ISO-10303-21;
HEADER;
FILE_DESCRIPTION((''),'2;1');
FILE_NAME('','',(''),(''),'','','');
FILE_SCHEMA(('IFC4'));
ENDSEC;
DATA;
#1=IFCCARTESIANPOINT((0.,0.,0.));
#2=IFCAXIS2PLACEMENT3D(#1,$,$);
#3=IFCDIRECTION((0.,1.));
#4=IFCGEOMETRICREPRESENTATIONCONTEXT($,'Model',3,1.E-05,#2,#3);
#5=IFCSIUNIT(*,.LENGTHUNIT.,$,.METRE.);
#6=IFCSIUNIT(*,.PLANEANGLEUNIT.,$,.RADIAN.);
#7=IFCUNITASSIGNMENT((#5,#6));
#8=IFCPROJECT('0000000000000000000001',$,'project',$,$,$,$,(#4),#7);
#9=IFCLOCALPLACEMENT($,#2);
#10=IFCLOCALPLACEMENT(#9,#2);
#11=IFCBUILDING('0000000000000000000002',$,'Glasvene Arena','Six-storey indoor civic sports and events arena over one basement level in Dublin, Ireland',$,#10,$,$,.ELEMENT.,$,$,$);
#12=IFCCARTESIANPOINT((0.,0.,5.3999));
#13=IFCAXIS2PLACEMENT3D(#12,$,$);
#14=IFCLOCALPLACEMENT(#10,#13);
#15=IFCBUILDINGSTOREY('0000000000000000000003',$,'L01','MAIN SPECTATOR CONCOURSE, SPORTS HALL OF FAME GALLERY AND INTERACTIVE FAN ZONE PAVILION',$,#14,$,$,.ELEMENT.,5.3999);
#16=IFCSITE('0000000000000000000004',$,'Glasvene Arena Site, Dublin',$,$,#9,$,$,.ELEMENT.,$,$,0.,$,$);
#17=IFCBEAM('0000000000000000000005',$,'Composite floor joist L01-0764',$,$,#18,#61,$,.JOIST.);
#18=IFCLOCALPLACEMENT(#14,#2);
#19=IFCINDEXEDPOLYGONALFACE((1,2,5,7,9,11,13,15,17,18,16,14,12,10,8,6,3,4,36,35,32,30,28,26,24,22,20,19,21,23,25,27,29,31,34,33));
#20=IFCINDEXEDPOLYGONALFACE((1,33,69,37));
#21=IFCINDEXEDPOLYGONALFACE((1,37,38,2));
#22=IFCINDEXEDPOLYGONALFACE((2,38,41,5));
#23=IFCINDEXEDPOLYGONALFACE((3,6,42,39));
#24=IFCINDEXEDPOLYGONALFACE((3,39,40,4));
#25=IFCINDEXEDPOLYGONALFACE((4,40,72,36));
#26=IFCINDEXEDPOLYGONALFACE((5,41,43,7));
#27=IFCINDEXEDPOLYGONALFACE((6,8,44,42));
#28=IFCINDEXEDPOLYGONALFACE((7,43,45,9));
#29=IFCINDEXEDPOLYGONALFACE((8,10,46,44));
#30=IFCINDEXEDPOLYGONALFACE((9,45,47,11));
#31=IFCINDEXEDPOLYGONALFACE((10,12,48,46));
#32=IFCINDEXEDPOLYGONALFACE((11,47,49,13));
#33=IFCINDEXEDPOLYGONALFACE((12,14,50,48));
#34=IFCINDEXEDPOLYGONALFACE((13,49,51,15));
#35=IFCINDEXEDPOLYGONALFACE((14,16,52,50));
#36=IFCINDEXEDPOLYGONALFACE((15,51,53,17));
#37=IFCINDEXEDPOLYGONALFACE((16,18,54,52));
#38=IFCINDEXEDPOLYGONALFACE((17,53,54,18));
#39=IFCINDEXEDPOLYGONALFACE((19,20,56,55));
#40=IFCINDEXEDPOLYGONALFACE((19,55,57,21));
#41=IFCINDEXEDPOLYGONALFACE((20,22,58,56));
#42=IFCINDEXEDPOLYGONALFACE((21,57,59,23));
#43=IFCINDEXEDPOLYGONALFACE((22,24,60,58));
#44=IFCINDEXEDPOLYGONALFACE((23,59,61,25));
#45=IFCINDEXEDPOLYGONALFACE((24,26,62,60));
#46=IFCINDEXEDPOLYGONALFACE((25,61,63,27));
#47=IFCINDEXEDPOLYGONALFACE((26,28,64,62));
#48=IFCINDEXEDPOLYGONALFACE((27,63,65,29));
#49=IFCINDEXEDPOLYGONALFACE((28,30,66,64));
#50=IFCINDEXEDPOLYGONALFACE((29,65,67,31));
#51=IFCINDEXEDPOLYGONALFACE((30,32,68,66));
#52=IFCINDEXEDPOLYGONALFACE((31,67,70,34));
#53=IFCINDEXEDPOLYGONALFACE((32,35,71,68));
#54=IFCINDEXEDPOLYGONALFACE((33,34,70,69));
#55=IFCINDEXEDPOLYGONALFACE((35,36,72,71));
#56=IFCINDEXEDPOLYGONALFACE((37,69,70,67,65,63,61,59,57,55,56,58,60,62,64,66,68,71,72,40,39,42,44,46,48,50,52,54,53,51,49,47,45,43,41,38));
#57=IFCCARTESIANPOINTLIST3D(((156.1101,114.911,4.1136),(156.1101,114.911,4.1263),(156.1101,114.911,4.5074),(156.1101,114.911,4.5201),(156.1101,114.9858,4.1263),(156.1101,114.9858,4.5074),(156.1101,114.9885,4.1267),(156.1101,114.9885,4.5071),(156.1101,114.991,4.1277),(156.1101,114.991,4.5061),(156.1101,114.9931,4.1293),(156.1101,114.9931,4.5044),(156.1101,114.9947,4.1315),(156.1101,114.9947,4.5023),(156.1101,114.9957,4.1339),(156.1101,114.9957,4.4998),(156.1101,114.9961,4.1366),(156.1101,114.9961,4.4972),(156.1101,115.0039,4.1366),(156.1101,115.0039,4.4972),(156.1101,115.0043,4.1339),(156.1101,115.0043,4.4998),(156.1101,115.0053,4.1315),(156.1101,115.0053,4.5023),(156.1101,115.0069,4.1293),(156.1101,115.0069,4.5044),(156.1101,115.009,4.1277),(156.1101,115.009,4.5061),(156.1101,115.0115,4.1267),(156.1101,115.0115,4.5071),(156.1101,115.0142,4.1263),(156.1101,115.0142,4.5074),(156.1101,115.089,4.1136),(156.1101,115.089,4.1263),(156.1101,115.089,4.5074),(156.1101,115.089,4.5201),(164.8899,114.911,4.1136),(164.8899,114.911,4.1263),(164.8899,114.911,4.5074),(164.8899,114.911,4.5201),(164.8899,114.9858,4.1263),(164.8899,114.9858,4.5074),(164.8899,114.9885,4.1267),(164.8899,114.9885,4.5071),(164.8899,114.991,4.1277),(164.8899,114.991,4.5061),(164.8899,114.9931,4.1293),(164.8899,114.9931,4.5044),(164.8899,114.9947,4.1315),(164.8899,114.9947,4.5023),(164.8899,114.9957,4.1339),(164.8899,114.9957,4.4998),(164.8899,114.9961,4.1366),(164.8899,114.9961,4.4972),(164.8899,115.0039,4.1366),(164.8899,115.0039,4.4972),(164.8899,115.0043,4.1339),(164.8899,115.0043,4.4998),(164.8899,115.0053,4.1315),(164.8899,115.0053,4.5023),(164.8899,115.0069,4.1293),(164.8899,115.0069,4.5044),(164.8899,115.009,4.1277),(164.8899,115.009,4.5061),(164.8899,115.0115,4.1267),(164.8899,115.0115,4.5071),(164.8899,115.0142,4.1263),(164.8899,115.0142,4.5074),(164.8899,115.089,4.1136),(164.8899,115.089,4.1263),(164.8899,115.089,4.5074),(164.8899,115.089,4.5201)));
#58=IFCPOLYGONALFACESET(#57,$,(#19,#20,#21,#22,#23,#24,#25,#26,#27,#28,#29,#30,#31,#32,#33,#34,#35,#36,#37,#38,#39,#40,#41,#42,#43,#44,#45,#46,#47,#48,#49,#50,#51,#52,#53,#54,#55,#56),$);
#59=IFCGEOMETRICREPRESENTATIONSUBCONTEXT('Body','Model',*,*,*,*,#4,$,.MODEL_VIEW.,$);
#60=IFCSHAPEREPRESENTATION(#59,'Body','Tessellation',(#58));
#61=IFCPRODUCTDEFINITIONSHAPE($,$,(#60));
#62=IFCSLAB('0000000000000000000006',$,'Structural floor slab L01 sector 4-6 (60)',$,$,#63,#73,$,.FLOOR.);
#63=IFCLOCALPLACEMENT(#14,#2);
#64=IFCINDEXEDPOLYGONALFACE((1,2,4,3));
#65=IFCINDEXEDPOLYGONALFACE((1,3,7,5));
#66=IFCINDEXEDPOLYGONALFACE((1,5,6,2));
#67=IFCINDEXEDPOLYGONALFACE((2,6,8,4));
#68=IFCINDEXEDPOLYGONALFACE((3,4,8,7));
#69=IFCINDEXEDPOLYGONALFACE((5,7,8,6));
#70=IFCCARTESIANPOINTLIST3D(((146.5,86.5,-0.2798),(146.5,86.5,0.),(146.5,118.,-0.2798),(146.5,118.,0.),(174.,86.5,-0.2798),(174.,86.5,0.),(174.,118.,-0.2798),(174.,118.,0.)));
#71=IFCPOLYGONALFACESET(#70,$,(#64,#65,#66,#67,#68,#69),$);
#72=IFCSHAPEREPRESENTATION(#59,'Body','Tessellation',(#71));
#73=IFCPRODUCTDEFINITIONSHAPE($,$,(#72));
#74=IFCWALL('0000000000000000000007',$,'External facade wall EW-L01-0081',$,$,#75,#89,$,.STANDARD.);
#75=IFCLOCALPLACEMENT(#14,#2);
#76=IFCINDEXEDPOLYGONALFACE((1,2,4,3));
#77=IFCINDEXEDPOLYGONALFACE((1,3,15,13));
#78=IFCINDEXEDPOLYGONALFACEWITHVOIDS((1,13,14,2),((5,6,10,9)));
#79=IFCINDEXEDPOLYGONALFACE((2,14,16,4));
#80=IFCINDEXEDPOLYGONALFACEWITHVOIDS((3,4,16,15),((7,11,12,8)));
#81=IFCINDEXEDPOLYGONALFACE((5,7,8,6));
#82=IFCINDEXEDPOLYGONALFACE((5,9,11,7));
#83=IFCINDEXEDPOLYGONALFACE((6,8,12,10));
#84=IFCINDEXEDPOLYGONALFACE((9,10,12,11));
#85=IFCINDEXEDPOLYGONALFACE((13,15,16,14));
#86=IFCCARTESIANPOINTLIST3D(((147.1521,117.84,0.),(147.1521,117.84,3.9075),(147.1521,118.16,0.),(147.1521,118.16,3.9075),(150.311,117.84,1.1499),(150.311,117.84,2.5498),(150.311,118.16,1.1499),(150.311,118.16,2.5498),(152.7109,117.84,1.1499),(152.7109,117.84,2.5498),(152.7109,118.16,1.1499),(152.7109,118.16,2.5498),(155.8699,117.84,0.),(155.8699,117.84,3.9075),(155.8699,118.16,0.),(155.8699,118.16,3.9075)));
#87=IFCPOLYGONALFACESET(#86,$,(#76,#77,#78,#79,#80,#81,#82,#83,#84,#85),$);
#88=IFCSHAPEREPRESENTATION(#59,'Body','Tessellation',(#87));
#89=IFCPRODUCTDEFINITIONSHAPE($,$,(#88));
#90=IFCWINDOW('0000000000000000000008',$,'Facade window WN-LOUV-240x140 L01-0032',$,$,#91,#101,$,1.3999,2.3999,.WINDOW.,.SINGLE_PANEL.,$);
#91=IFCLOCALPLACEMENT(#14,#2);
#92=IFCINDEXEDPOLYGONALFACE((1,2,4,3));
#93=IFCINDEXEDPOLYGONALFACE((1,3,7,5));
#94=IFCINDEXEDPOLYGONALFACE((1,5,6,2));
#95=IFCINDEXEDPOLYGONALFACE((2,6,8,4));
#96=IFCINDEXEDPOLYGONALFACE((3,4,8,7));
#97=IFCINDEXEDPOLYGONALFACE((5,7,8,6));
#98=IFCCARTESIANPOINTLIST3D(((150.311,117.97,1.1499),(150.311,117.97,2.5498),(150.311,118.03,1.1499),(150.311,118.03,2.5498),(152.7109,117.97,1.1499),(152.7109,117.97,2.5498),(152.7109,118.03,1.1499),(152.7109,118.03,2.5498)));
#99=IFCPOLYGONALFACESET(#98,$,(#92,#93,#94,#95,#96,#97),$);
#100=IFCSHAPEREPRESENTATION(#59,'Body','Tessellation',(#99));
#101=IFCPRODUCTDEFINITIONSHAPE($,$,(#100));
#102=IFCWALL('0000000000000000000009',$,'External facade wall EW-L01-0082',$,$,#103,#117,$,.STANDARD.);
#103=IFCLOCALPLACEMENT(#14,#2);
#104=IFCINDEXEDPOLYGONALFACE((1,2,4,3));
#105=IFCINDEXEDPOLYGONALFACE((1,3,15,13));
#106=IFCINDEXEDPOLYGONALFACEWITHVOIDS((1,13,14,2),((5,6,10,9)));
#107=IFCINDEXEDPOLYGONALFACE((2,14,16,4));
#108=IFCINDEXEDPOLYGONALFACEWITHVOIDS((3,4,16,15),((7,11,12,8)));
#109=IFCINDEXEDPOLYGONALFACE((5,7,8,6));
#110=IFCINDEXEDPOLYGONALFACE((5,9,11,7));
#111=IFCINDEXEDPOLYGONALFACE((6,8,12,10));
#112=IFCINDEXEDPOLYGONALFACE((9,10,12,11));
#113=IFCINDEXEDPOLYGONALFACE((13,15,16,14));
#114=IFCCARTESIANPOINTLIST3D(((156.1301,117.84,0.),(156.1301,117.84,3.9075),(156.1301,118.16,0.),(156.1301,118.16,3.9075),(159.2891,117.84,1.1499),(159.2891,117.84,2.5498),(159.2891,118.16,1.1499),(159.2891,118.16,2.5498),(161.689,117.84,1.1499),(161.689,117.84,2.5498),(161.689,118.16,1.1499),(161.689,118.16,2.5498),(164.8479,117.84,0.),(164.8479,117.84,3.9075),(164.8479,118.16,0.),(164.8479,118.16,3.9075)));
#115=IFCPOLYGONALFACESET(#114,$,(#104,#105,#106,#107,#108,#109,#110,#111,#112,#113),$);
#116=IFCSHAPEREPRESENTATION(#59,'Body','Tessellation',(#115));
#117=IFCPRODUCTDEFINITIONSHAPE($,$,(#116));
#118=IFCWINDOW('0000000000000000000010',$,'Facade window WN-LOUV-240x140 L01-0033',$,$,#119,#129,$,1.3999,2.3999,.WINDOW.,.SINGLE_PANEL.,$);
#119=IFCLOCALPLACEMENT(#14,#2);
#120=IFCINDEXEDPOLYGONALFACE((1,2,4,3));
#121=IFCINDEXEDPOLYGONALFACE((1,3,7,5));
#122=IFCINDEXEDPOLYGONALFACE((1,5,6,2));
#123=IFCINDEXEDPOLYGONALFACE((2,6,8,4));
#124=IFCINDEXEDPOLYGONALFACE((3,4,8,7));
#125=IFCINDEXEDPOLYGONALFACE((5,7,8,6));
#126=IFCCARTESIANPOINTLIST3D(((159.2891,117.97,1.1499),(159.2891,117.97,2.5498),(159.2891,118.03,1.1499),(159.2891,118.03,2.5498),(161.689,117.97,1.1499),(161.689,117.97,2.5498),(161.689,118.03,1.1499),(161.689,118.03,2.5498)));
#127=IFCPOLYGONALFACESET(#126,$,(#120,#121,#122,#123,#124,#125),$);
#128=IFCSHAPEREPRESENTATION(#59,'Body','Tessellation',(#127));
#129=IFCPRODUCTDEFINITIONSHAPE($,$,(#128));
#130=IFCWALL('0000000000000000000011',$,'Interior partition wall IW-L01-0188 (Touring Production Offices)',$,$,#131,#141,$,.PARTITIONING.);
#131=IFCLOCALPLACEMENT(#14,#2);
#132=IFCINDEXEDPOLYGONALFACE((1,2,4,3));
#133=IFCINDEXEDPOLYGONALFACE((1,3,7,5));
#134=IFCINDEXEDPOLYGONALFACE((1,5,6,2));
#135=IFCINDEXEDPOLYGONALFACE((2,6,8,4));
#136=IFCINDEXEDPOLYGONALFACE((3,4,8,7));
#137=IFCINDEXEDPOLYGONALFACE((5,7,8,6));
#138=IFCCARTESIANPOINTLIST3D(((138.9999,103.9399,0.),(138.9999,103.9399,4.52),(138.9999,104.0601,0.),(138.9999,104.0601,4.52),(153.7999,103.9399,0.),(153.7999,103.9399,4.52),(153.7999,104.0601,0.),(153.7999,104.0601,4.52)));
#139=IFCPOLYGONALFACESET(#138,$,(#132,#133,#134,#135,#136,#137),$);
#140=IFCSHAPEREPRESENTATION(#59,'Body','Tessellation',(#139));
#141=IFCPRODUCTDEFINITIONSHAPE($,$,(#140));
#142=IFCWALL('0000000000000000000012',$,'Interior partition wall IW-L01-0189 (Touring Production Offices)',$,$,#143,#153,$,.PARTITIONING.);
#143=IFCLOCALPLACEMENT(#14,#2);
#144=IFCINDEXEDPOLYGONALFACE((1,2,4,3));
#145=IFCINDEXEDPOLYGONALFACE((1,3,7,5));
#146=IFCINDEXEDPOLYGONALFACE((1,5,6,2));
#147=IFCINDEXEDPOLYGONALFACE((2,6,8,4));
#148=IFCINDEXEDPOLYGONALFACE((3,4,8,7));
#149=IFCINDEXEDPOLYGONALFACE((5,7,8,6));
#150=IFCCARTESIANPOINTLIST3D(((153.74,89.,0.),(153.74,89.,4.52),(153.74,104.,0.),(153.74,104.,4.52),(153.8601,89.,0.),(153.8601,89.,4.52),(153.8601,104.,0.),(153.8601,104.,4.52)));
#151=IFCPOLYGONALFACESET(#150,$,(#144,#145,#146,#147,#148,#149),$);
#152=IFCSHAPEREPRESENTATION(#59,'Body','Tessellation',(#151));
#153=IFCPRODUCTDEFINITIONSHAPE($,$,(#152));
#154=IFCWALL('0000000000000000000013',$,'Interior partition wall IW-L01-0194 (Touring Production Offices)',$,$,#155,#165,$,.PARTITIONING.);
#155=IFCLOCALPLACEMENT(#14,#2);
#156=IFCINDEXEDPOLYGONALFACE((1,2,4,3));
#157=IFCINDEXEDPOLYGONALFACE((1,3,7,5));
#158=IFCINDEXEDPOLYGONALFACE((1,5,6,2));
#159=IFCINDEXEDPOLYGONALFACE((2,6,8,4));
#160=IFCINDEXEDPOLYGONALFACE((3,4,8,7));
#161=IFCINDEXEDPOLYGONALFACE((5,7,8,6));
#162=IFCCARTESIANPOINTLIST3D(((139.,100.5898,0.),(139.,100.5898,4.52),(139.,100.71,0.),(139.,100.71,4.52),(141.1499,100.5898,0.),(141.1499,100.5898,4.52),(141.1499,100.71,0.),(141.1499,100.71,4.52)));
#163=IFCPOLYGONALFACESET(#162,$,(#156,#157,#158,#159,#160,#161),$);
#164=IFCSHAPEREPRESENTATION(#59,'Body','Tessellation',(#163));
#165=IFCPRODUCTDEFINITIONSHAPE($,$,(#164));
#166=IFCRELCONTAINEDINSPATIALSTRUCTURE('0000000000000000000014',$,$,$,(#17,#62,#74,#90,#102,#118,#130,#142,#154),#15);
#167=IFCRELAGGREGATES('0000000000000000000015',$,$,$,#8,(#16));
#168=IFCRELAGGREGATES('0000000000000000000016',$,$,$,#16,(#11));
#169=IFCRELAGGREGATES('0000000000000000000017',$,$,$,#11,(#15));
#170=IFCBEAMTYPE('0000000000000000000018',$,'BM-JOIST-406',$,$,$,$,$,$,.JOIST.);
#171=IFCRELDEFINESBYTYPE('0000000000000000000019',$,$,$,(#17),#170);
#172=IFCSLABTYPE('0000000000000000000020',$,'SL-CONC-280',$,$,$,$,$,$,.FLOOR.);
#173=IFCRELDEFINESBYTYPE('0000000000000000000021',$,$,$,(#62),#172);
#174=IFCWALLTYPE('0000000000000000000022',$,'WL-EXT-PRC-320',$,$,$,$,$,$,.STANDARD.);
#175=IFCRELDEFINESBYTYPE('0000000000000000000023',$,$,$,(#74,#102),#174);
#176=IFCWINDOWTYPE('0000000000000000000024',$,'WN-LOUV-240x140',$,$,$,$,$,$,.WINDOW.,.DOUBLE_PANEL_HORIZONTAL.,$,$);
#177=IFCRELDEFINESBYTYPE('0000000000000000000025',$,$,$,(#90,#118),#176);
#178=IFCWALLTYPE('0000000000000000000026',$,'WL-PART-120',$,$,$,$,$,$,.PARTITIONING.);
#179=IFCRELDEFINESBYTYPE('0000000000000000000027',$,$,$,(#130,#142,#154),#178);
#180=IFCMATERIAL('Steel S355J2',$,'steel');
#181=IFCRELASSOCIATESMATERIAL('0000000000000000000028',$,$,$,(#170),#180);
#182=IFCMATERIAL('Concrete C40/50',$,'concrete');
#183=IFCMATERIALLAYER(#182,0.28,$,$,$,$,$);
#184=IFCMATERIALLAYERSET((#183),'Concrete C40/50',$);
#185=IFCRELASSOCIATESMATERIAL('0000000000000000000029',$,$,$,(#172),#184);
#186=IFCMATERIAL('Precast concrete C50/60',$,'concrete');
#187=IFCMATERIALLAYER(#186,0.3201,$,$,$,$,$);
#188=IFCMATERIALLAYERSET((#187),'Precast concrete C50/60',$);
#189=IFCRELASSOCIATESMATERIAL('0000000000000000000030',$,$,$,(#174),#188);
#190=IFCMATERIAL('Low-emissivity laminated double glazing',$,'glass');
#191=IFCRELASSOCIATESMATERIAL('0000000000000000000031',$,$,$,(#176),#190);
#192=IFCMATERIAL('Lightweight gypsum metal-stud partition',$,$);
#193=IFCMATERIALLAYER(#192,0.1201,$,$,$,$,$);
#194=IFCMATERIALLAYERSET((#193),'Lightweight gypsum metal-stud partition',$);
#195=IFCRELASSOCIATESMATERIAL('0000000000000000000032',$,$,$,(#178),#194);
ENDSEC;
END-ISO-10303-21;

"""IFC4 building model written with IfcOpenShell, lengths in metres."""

from ifc_helpers import new_model, si_unit, direction, frame, frame_2d, origin, origin_2d, place, context, subcontext, project, spatial, polyline, rectangle, i_section, outline, extrude, material, layer, layer_set, material_profile, profile_set, type_object, element, fill, save


model = new_model("IFC4")

# Units and contexts
model_context = context("Model", 3, precision=1e-05, world=origin(), true_north=direction((0.0, 1.0)))
body_context = subcontext(model_context, "Body", "Model", "MODEL_VIEW")
ifc_project = project(units=[si_unit("LENGTHUNIT", "METRE"), si_unit("PLANEANGLEUNIT", "RADIAN")], contexts=[model_context])

# Site, building, storey
site_placement = place(None, origin())
site = spatial("IfcSite", under=ifc_project, at=site_placement, Name="Glasvene Arena Site, Dublin", CompositionType="ELEMENT", RefElevation=0.0)
building_placement = place(site_placement, origin())
building = spatial("IfcBuilding", under=site, at=building_placement, Name="Glasvene Arena", Description="Six-storey indoor civic sports and events arena over one basement level in Dublin, Ireland", CompositionType="ELEMENT")
storey_placement = place(building_placement, frame((0.0, 0.0, 5.3999)))
storey = spatial("IfcBuildingStorey", under=building, at=storey_placement, Name="L01", Description="MAIN SPECTATOR CONCOURSE, SPORTS HALL OF FAME GALLERY AND INTERACTIVE FAN ZONE PAVILION", CompositionType="ELEMENT", Elevation=5.3999)

# Shared definitions
ifc_material_1 = material(Name="Steel S355J2", Category="steel")

# Beam
ifc_material_profile_1 = material_profile(ifc_material_1, i_section(OverallWidth=0.178, OverallDepth=0.4065, WebThickness=0.0078, FlangeThickness=0.0127, FilletRadius=0.0103, at=origin_2d()), Name="UKB 406x178x60")
ifc_profile_set_1 = profile_set([ifc_material_profile_1], Name="Steel S355J2")
beam_type_1 = type_object("IfcBeamType", Name="BM-JOIST-406", PredefinedType="JOIST", material=ifc_profile_set_1)
for number, where, z_axis, x_axis, name in (
    (1, (156.1101, 115.0, 4.3169), (1.0, 0.0, 0.0), (0.0, 1.0, 0.0), "Composite floor joist L01-0764"),
):
    element("IfcBeam", number, at=place(storey_placement, frame(where, z_axis=z_axis, x_axis=x_axis)), inside=storey, type_object=beam_type_1, Name=name, PredefinedType="JOIST", context=body_context, shape_type="SweptSolid", body=[
        extrude(i_section(OverallWidth=0.178, OverallDepth=0.4065, WebThickness=0.0078, FlangeThickness=0.0127, FilletRadius=0.0103, at=origin_2d()), origin(), (0.0, 0.0, 1.0), 8.7798),
    ])

# Slab
ifc_material_2 = material(Name="Concrete C40/50", Category="concrete")
ifc_layer_1 = layer(ifc_material_2, 0.28)
ifc_layer_set_1 = layer_set([ifc_layer_1], Name="Concrete C40/50")
slab_type = type_object("IfcSlabType", Name="SL-CONC-280", PredefinedType="FLOOR", material=ifc_layer_set_1)
slab_placement = place(storey_placement, frame((160.25, 102.25, -0.2798)))
element("IfcSlab", 2, at=slab_placement, inside=storey, type_object=slab_type, Name="Structural floor slab L01 sector 4-6 (60)", PredefinedType="FLOOR", context=body_context, shape_type="SweptSolid", body=[
    extrude(outline(polyline([(13.75, 15.75), (13.75, -15.75), (-13.75, -15.75), (-13.75, 15.75), (13.75, 15.75)])), origin(), (0.0, 0.0, 1.0), 0.2798),
])

# Walls, openings, windows
ifc_material_3 = material(Name="Precast concrete C50/60", Category="concrete")
ifc_layer_2 = layer(ifc_material_3, 0.3201)
ifc_layer_set_2 = layer_set([ifc_layer_2], Name="Precast concrete C50/60")
wall_type_1 = type_object("IfcWallType", Name="WL-EXT-PRC-320", PredefinedType="STANDARD", material=ifc_layer_set_2)
wall_1_placement = place(storey_placement, frame((147.1521, 118.0, 0.0), z_axis=(0.0, 0.0, 1.0), x_axis=(1.0, 0.0, 0.0)))
wall_1 = element("IfcWall", 3, at=wall_1_placement, inside=storey, type_object=wall_type_1, Name="External facade wall EW-L01-0081", PredefinedType="STANDARD", context=body_context, shape_type="SweptSolid", body=[
    extrude(rectangle(XDim=8.7178, YDim=0.3201, at=frame_2d((4.3589, 0.0))), origin(), (0.0, 0.0, 1.0), 3.9075),
])
opening_1_placement = place(wall_1_placement, frame((3.1589, 0.0, 1.1499)))
opening_1 = element("IfcOpeningElement", 4, at=opening_1_placement, cuts=wall_1, PredefinedType="OPENING", context=body_context, shape_type="SweptSolid", body=[
    extrude(rectangle(XDim=2.3999, YDim=1.3999, at=frame_2d((1.2, 0.7))), frame((0.0, 0.1699, 0.0), z_axis=(0.0, -1.0, 0.0), x_axis=(1.0, 0.0, 0.0)), (0.0, 0.0, 1.0), 0.3401),
])
ifc_material_4 = material(Name="Low-emissivity laminated double glazing", Category="glass")
window_type = type_object("IfcWindowType", Name="WN-LOUV-240x140", PartitioningType="DOUBLE_PANEL_HORIZONTAL", PredefinedType="WINDOW", material=ifc_material_4)
window_1_placement = place(opening_1_placement, origin())
window_1 = element("IfcWindow", 5, at=window_1_placement, inside=storey, type_object=window_type, Name="Facade window WN-LOUV-240x140 L01-0032", OverallHeight=1.3999, OverallWidth=2.3999, PartitioningType="SINGLE_PANEL", PredefinedType="WINDOW", context=body_context, shape_type="SweptSolid", body=[
    extrude(rectangle(XDim=2.3999, YDim=1.3999, at=frame_2d((1.2, 0.7))), frame((0.0, 0.03, 0.0), z_axis=(0.0, -1.0, 0.0), x_axis=(1.0, 0.0, 0.0)), (0.0, 0.0, 1.0), 0.0601),
])
fill(opening_1, window_1)
wall_2_placement = place(storey_placement, frame((156.1301, 118.0, 0.0), z_axis=(0.0, 0.0, 1.0), x_axis=(1.0, 0.0, 0.0)))
wall_2 = element("IfcWall", 6, at=wall_2_placement, inside=storey, type_object=wall_type_1, Name="External facade wall EW-L01-0082", PredefinedType="STANDARD", context=body_context, shape_type="SweptSolid", body=[
    extrude(rectangle(XDim=8.7178, YDim=0.3201, at=frame_2d((4.3589, 0.0))), origin(), (0.0, 0.0, 1.0), 3.9075),
])
opening_2_placement = place(wall_2_placement, frame((3.1589, 0.0, 1.1499)))
opening_2 = element("IfcOpeningElement", 7, at=opening_2_placement, cuts=wall_2, PredefinedType="OPENING", context=body_context, shape_type="SweptSolid", body=[
    extrude(rectangle(XDim=2.3999, YDim=1.3999, at=frame_2d((1.2, 0.7))), frame((0.0, 0.1699, 0.0), z_axis=(0.0, -1.0, 0.0), x_axis=(1.0, 0.0, 0.0)), (0.0, 0.0, 1.0), 0.3401),
])
window_2_placement = place(opening_2_placement, origin())
window_2 = element("IfcWindow", 8, at=window_2_placement, inside=storey, type_object=window_type, Name="Facade window WN-LOUV-240x140 L01-0033", OverallHeight=1.3999, OverallWidth=2.3999, PartitioningType="SINGLE_PANEL", PredefinedType="WINDOW", context=body_context, shape_type="SweptSolid", body=[
    extrude(rectangle(XDim=2.3999, YDim=1.3999, at=frame_2d((1.2, 0.7))), frame((0.0, 0.03, 0.0), z_axis=(0.0, -1.0, 0.0), x_axis=(1.0, 0.0, 0.0)), (0.0, 0.0, 1.0), 0.0601),
])
fill(opening_2, window_2)

# Walls
ifc_material_5 = material(Name="Lightweight gypsum metal-stud partition")
ifc_layer_3 = layer(ifc_material_5, 0.1201)
ifc_layer_set_3 = layer_set([ifc_layer_3], Name="Lightweight gypsum metal-stud partition")
wall_type_2 = type_object("IfcWallType", Name="WL-PART-120", PredefinedType="PARTITIONING", material=ifc_layer_set_3)
wall_3_placement = place(storey_placement, frame((139.0, 104.0, 0.0), z_axis=(0.0, 0.0, 1.0), x_axis=(1.0, 0.0, 0.0)))
element("IfcWall", 9, at=wall_3_placement, inside=storey, type_object=wall_type_2, Name="Interior partition wall IW-L01-0188 (Touring Production Offices)", PredefinedType="PARTITIONING", context=body_context, shape_type="SweptSolid", body=[
    extrude(rectangle(XDim=14.8, YDim=0.1201, at=frame_2d((7.3999, 0.0))), origin(), (0.0, 0.0, 1.0), 4.52),
])
wall_4_placement = place(storey_placement, frame((153.8, 104.0, 0.0), z_axis=(0.0, 0.0, 1.0), x_axis=(0.0, -1.0, 0.0)))
element("IfcWall", 10, at=wall_4_placement, inside=storey, type_object=wall_type_2, Name="Interior partition wall IW-L01-0189 (Touring Production Offices)", PredefinedType="PARTITIONING", context=body_context, shape_type="SweptSolid", body=[
    extrude(rectangle(XDim=15.0, YDim=0.1201, at=frame_2d((7.5, 0.0))), origin(), (0.0, 0.0, 1.0), 4.52),
])
wall_5_placement = place(storey_placement, frame((141.1499, 100.6499, 0.0), z_axis=(0.0, 0.0, 1.0), x_axis=(-1.0, 0.0, 0.0)))
element("IfcWall", 11, at=wall_5_placement, inside=storey, type_object=wall_type_2, Name="Interior partition wall IW-L01-0194 (Touring Production Offices)", PredefinedType="PARTITIONING", context=body_context, shape_type="SweptSolid", body=[
    extrude(rectangle(XDim=2.1499, YDim=0.1201, at=frame_2d((1.075, 0.0))), origin(), (0.0, 0.0, 1.0), 4.52),
])

save(model, "model.ifc")
